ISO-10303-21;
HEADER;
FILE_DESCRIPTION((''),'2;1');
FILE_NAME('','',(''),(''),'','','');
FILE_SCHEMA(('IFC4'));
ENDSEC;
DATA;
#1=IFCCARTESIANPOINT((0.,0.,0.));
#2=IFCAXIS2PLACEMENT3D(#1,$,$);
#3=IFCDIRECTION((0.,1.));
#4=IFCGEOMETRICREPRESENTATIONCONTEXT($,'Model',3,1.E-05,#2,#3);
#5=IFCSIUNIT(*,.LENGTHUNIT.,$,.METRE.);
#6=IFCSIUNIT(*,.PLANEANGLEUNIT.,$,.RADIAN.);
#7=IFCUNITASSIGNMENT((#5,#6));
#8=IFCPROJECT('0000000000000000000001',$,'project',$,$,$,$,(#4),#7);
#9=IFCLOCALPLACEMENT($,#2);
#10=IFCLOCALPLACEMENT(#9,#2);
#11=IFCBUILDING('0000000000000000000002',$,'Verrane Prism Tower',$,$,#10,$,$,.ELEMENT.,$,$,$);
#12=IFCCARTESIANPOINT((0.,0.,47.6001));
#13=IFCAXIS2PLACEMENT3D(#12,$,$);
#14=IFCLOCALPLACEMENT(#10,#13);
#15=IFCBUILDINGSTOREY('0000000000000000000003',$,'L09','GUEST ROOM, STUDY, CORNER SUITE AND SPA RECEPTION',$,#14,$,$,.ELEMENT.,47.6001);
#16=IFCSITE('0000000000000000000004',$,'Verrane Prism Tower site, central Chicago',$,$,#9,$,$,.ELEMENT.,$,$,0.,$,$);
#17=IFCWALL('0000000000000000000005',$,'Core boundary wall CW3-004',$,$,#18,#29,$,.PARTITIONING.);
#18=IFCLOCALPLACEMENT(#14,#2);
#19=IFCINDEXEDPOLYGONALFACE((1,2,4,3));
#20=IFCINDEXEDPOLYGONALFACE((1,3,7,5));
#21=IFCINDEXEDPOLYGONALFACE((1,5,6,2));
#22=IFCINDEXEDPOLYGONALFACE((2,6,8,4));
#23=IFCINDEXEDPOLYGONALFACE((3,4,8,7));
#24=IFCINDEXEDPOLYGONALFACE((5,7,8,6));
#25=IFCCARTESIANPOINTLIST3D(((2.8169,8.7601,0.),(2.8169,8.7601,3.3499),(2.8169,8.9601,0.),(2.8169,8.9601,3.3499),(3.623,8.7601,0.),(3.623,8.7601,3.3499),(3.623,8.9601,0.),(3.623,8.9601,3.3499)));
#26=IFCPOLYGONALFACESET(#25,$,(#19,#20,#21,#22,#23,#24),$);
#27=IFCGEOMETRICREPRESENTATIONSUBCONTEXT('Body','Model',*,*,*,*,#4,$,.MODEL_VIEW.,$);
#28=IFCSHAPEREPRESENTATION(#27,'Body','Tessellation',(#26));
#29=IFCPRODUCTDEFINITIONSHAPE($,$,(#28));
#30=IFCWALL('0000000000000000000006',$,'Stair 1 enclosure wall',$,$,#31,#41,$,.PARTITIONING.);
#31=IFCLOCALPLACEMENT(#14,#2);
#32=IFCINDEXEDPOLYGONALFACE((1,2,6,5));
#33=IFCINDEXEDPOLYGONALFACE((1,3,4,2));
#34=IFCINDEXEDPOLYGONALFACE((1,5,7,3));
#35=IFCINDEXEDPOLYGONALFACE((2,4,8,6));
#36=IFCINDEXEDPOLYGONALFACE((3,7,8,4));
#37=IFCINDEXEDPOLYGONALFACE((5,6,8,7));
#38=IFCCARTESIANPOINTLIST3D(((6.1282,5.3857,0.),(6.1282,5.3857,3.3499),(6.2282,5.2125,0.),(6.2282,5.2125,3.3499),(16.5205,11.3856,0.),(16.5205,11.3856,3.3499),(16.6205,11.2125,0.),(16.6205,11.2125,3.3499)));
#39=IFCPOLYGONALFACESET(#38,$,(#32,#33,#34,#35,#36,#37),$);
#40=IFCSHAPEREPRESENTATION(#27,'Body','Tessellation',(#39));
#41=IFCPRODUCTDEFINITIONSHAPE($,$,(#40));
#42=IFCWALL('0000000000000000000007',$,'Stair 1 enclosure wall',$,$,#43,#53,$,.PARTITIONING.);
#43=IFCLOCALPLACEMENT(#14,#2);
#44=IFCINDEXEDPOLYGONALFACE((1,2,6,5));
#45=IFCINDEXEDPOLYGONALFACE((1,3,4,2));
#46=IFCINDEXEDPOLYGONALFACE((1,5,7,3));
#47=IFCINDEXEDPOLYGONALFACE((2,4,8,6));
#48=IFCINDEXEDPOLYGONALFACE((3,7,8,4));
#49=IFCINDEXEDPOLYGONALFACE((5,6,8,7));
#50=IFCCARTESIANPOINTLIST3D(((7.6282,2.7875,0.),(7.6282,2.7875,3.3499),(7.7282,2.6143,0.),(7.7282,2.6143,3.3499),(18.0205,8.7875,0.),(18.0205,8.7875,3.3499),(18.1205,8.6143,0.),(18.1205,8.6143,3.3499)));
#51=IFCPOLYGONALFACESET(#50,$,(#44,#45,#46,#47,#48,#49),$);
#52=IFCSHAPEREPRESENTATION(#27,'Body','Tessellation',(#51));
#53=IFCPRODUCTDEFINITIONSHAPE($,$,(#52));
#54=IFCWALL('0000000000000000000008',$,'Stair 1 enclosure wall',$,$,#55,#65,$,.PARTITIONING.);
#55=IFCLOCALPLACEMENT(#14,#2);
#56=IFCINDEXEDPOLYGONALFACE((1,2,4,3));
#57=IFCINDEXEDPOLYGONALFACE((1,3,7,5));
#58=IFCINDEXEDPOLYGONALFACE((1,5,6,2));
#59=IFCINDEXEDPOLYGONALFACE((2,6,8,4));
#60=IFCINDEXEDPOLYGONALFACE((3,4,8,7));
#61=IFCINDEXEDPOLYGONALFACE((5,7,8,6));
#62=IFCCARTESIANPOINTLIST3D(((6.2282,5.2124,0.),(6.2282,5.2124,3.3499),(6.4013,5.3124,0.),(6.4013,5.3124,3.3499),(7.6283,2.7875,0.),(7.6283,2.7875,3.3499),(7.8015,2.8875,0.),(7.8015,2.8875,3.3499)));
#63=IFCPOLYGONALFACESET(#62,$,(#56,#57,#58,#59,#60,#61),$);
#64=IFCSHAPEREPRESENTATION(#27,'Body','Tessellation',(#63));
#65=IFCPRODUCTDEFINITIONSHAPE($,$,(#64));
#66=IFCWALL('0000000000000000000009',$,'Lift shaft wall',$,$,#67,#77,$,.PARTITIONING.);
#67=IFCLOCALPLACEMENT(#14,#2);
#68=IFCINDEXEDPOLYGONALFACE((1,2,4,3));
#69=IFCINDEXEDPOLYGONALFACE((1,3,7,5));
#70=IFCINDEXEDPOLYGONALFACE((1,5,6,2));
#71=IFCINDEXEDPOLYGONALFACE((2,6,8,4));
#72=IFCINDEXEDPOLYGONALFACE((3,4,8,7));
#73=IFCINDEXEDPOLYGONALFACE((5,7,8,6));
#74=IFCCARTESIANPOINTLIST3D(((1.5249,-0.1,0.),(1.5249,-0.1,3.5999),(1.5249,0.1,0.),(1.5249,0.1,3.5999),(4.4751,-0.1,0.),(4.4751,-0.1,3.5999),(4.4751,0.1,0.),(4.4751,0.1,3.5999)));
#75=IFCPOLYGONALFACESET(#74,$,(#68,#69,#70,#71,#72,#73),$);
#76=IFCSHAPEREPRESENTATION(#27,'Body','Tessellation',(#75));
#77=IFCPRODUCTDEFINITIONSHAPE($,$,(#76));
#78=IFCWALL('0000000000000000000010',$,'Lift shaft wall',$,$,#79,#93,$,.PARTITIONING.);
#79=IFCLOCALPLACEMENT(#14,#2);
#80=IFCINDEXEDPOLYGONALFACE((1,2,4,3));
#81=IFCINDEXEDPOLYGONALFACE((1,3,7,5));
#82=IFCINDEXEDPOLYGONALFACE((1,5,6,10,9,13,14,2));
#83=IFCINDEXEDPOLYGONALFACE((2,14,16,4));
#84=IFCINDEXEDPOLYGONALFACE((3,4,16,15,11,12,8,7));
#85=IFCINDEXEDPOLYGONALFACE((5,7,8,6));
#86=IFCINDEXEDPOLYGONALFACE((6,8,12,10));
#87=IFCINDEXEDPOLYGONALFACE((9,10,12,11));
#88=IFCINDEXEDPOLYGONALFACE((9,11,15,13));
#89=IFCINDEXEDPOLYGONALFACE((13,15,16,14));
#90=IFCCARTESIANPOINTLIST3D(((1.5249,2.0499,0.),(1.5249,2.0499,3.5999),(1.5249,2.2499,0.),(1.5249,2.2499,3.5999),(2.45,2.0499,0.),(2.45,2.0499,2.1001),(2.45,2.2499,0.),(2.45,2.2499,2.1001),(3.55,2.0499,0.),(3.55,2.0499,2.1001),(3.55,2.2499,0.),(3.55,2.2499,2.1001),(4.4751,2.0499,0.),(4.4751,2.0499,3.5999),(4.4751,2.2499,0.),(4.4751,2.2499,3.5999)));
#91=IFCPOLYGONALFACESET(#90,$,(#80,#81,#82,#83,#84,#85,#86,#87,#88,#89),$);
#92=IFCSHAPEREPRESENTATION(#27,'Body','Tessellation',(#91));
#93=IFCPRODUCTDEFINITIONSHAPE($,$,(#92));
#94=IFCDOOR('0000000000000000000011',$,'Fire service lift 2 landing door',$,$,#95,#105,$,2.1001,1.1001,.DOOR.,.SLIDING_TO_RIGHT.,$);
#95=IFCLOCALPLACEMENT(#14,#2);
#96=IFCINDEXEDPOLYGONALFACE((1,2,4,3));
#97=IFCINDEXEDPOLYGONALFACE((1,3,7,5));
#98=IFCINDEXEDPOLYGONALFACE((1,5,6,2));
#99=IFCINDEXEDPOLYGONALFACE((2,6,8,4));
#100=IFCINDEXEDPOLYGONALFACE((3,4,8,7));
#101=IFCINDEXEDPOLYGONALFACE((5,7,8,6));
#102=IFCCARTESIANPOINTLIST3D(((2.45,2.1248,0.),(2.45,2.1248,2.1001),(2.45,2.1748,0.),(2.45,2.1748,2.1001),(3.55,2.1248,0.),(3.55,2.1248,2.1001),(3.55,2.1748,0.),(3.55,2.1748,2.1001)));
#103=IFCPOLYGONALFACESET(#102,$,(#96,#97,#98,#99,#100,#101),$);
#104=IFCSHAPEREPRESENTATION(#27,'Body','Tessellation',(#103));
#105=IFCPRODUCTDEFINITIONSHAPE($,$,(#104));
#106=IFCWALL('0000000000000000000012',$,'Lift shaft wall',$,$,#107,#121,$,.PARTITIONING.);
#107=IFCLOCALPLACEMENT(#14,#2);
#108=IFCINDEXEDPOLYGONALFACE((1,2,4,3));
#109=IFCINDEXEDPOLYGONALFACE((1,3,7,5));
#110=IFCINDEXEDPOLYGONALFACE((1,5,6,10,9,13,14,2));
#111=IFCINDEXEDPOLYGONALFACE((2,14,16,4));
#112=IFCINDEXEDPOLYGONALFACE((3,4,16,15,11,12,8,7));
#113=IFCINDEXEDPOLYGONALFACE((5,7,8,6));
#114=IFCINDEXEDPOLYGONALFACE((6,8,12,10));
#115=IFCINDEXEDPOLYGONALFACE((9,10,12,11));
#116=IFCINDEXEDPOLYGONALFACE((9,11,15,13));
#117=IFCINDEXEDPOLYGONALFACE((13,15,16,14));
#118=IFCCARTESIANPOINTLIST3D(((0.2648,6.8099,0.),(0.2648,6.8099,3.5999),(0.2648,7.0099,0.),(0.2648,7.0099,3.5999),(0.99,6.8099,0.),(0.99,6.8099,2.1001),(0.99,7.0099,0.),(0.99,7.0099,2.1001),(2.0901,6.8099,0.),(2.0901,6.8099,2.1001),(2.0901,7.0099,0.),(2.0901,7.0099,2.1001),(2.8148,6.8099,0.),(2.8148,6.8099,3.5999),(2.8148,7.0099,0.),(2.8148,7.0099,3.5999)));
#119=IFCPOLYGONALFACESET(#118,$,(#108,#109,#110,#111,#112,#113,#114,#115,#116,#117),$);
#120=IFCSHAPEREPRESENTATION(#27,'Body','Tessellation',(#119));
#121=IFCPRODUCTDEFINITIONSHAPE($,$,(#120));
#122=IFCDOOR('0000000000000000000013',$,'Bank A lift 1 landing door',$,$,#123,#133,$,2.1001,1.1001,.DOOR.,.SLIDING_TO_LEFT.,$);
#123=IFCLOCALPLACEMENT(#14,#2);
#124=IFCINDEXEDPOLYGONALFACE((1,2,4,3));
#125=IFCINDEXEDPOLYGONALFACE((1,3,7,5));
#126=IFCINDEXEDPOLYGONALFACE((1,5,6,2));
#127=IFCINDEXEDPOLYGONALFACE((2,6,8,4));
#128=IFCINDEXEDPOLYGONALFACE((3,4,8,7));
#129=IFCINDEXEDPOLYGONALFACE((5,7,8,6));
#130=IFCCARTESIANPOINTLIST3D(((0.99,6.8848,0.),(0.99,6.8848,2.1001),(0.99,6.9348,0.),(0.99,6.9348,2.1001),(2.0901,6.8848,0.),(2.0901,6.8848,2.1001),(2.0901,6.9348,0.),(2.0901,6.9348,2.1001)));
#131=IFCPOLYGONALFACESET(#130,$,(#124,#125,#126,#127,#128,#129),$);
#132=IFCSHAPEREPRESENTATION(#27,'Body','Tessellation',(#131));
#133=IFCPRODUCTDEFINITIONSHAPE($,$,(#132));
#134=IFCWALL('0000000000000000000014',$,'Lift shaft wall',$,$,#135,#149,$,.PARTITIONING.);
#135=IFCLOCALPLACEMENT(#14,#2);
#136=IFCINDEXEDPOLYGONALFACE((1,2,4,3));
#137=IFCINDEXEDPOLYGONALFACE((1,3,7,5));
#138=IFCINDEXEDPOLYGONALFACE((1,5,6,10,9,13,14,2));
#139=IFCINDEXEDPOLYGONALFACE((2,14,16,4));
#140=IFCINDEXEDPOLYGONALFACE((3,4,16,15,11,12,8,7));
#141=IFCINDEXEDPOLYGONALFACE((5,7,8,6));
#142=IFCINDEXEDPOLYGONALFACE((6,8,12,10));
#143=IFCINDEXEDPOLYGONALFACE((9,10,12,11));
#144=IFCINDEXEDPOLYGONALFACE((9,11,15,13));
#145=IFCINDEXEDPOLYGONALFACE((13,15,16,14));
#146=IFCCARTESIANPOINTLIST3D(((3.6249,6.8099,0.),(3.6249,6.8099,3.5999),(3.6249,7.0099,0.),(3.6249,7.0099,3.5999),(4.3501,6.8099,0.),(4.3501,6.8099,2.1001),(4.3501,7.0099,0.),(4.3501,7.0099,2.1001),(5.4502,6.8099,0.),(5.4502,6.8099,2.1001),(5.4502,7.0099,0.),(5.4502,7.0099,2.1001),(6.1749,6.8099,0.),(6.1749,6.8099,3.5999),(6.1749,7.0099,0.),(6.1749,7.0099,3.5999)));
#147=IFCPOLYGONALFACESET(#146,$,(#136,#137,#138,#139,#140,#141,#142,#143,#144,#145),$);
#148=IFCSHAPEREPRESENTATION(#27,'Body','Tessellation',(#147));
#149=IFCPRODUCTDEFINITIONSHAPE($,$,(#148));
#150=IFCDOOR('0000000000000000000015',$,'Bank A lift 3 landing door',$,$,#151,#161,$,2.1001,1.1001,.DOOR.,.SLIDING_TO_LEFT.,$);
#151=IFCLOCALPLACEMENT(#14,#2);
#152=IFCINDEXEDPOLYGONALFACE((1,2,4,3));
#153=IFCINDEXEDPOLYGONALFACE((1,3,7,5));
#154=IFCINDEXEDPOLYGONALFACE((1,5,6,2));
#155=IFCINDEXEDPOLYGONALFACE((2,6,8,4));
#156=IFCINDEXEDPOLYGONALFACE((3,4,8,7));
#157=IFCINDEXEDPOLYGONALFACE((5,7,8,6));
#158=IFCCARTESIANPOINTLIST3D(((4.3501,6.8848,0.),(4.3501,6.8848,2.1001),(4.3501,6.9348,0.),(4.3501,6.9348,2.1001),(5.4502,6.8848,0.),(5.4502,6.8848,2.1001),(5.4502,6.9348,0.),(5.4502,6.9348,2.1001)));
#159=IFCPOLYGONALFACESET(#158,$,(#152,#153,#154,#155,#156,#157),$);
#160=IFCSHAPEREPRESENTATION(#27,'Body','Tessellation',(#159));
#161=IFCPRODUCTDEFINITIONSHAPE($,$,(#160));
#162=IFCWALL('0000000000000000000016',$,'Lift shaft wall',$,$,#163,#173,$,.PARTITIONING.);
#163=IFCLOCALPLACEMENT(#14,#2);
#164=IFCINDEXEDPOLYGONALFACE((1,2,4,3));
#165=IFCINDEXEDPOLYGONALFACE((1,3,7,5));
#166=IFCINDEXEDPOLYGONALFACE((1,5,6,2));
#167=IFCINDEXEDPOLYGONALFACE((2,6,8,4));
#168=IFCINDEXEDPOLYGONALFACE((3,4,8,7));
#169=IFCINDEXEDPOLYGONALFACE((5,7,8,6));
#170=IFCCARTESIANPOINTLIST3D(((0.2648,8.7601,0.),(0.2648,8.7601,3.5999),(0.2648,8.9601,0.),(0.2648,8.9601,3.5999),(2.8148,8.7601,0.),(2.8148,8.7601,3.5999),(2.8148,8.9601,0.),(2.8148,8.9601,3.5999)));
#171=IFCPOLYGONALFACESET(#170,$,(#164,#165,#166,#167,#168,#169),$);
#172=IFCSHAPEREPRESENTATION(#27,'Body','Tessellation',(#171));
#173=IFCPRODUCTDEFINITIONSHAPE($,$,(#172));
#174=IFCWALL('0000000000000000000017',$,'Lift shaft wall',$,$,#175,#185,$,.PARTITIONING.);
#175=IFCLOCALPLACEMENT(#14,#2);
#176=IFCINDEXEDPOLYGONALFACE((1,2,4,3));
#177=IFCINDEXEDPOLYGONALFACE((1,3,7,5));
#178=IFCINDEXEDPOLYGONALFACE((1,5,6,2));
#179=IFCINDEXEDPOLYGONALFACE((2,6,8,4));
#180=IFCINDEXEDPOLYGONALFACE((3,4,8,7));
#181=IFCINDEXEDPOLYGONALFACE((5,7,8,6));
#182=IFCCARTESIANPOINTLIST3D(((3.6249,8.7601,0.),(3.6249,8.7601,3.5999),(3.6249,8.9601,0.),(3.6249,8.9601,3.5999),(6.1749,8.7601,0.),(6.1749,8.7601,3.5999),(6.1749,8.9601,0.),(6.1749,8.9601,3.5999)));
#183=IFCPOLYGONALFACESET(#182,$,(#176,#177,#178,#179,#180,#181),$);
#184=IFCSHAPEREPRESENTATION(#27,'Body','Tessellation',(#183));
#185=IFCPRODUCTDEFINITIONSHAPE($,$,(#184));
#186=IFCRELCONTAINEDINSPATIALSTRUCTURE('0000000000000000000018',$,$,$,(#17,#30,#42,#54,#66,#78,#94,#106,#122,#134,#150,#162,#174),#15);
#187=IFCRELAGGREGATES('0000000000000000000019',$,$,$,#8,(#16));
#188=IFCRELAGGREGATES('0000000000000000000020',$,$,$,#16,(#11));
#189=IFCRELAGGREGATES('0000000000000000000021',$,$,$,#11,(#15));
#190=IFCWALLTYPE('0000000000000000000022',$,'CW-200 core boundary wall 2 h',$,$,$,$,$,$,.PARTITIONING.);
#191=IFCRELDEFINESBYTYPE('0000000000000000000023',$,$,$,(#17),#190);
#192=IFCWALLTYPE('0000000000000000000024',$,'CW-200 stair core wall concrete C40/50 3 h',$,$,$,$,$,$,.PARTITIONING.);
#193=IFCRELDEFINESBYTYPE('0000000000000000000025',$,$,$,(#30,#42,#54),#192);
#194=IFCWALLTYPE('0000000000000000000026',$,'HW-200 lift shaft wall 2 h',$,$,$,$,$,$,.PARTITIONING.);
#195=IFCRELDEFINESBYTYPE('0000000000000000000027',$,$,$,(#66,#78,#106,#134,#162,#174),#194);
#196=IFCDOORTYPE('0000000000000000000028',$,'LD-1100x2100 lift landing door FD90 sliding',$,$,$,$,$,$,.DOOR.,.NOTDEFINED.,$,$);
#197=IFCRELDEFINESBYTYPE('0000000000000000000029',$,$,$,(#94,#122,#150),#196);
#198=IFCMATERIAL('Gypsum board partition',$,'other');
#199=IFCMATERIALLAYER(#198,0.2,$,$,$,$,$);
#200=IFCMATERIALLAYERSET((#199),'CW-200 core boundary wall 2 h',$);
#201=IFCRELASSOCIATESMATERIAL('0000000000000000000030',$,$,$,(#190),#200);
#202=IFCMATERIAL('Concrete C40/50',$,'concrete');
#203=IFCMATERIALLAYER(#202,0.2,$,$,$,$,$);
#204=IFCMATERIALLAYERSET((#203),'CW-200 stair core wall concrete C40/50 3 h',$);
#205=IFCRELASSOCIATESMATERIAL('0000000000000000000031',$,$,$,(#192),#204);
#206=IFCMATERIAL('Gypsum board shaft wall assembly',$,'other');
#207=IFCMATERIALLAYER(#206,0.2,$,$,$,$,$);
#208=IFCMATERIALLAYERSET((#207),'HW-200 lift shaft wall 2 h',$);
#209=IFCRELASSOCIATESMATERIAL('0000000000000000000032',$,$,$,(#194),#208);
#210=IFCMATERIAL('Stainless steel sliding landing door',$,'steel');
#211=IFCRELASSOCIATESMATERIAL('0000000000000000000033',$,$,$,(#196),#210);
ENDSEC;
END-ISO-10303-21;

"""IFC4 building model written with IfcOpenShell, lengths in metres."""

from ifc_helpers import new_model, si_unit, direction, frame, frame_2d, origin, place, context, subcontext, project, spatial, rectangle, extrude, material, layer, layer_set, type_object, element, fill, save


model = new_model("IFC4")

# Units and contexts
model_context = context("Model", 3, precision=1e-05, world=origin(), true_north=direction((0.0, 1.0)))
body_context = subcontext(model_context, "Body", "Model", "MODEL_VIEW")
ifc_project = project(units=[si_unit("LENGTHUNIT", "METRE"), si_unit("PLANEANGLEUNIT", "RADIAN")], contexts=[model_context])

# Site, building, storey
site_placement = place(None, origin())
site = spatial("IfcSite", under=ifc_project, at=site_placement, Name="Verrane Prism Tower site, central Chicago", CompositionType="ELEMENT", RefElevation=0.0)
building_placement = place(site_placement, origin())
building = spatial("IfcBuilding", under=site, at=building_placement, Name="Verrane Prism Tower", CompositionType="ELEMENT")
storey_placement = place(building_placement, frame((0.0, 0.0, 47.6001)))
storey = spatial("IfcBuildingStorey", under=building, at=storey_placement, Name="L09", Description="GUEST ROOM, STUDY, CORNER SUITE AND SPA RECEPTION", CompositionType="ELEMENT", Elevation=47.6001)

# Shared definitions
ifc_material_1 = material(Name="Gypsum board partition", Category="other")
ifc_layer_1 = layer(ifc_material_1, 0.2)
ifc_layer_set_1 = layer_set([ifc_layer_1], Name="CW-200 core boundary wall 2 h")
wall_type_1 = type_object("IfcWallType", Name="CW-200 core boundary wall 2 h", PredefinedType="PARTITIONING", material=ifc_layer_set_1)

# Walls
wall_1_placement = place(storey_placement, frame((2.8169, 8.8601, 0.0), z_axis=(0.0, 0.0, 1.0), x_axis=(1.0, 0.0, 0.0)))
element("IfcWall", 1, at=wall_1_placement, inside=storey, type_object=wall_type_1, Name="Core boundary wall CW3-004", PredefinedType="PARTITIONING", context=body_context, shape_type="SweptSolid", body=[
    extrude(rectangle(XDim=0.8062, YDim=0.2, at=frame_2d((0.4031, 0.0))), origin(), (0.0, 0.0, 1.0), 3.3499),
])
ifc_material_2 = material(Name="Concrete C40/50", Category="concrete")
ifc_layer_2 = layer(ifc_material_2, 0.2)
ifc_layer_set_2 = layer_set([ifc_layer_2], Name="CW-200 stair core wall concrete C40/50 3 h")
wall_type_2 = type_object("IfcWallType", Name="CW-200 stair core wall concrete C40/50 3 h", PredefinedType="PARTITIONING", material=ifc_layer_set_2)
for number, where, z_axis, x_axis, name in (
    (2, (6.1782, 5.2991, 0.0), (0.0, 0.0, 1.0), (0.866026, 0.499999, 0.0), "Stair 1 enclosure wall"),
    (3, (7.6782, 2.7009, 0.0), (0.0, 0.0, 1.0), (0.866026, 0.499999, 0.0), "Stair 1 enclosure wall"),
):
    element("IfcWall", number, at=place(storey_placement, frame(where, z_axis=z_axis, x_axis=x_axis)), inside=storey, type_object=wall_type_2, Name=name, PredefinedType="PARTITIONING", context=body_context, shape_type="SweptSolid", body=[
        extrude(rectangle(XDim=12.0, YDim=0.2, at=frame_2d((6.0, 0.0))), origin(), (0.0, 0.0, 1.0), 3.3499),
    ])
wall_2_placement = place(storey_placement, frame((7.7148, 2.8376, 0.0), z_axis=(0.0, 0.0, 1.0), x_axis=(-0.50005, 0.865997, 0.0)))
element("IfcWall", 4, at=wall_2_placement, inside=storey, type_object=wall_type_2, Name="Stair 1 enclosure wall", PredefinedType="PARTITIONING", context=body_context, shape_type="SweptSolid", body=[
    extrude(rectangle(XDim=2.8, YDim=0.2, at=frame_2d((1.3999, 0.0))), origin(), (0.0, 0.0, 1.0), 3.3499),
])
ifc_material_3 = material(Name="Gypsum board shaft wall assembly", Category="other")
ifc_layer_3 = layer(ifc_material_3, 0.2)
ifc_layer_set_3 = layer_set([ifc_layer_3], Name="HW-200 lift shaft wall 2 h")
wall_type_3 = type_object("IfcWallType", Name="HW-200 lift shaft wall 2 h", PredefinedType="PARTITIONING", material=ifc_layer_set_3)
wall_3_placement = place(storey_placement, frame((1.5249, 0.0, 0.0), z_axis=(0.0, 0.0, 1.0), x_axis=(1.0, 0.0, 0.0)))
element("IfcWall", 5, at=wall_3_placement, inside=storey, type_object=wall_type_3, Name="Lift shaft wall", PredefinedType="PARTITIONING", context=body_context, shape_type="SweptSolid", body=[
    extrude(rectangle(XDim=2.9502, YDim=0.2, at=frame_2d((1.4751, 0.0))), origin(), (0.0, 0.0, 1.0), 3.5999),
])

# Walls, openings, doors
wall_4_placement = place(storey_placement, frame((1.5249, 2.1499, 0.0), z_axis=(0.0, 0.0, 1.0), x_axis=(1.0, 0.0, 0.0)))
wall_4 = element("IfcWall", 6, at=wall_4_placement, inside=storey, type_object=wall_type_3, Name="Lift shaft wall", PredefinedType="PARTITIONING", context=body_context, shape_type="SweptSolid", body=[
    extrude(rectangle(XDim=2.9502, YDim=0.2, at=frame_2d((1.4751, 0.0))), origin(), (0.0, 0.0, 1.0), 3.5999),
])
opening_1_placement = place(wall_4_placement, frame((0.925, 0.0, 0.0)))
opening_1 = element("IfcOpeningElement", 7, at=opening_1_placement, cuts=wall_4, PredefinedType="OPENING", context=body_context, shape_type="SweptSolid", body=[
    extrude(rectangle(XDim=1.1001, YDim=2.1001, at=frame_2d((0.55, 1.05))), frame((0.0, 0.1099, 0.0), z_axis=(0.0, -1.0, 0.0), x_axis=(1.0, 0.0, 0.0)), (0.0, 0.0, 1.0), 0.22),
])
ifc_material_4 = material(Name="Stainless steel sliding landing door", Category="steel")
door_type_1 = type_object("IfcDoorType", Name="LD-1100x2100 lift landing door FD90 sliding", OperationType="NOTDEFINED", PredefinedType="DOOR", material=ifc_material_4)
door_1_placement = place(opening_1_placement, origin())
door_1 = element("IfcDoor", 8, at=door_1_placement, inside=storey, type_object=door_type_1, Name="Fire service lift 2 landing door", OperationType="SLIDING_TO_RIGHT", OverallHeight=2.1001, OverallWidth=1.1001, PredefinedType="DOOR", context=body_context, shape_type="SweptSolid", body=[
    extrude(rectangle(XDim=1.1001, YDim=2.1001, at=frame_2d((0.55, 1.05))), frame((0.0, 0.0249, 0.0), z_axis=(0.0, -1.0, 0.0), x_axis=(1.0, 0.0, 0.0)), (0.0, 0.0, 1.0), 0.05),
])
fill(opening_1, door_1)
wall_5_placement = place(storey_placement, frame((0.2649, 6.9099, 0.0), z_axis=(0.0, 0.0, 1.0), x_axis=(1.0, 0.0, 0.0)))
wall_5 = element("IfcWall", 9, at=wall_5_placement, inside=storey, type_object=wall_type_3, Name="Lift shaft wall", PredefinedType="PARTITIONING", context=body_context, shape_type="SweptSolid", body=[
    extrude(rectangle(XDim=2.55, YDim=0.2, at=frame_2d((1.2749, 0.0))), origin(), (0.0, 0.0, 1.0), 3.5999),
])
opening_2_placement = place(wall_5_placement, frame((0.7251, 0.0, 0.0)))
opening_2 = element("IfcOpeningElement", 10, at=opening_2_placement, cuts=wall_5, PredefinedType="OPENING", context=body_context, shape_type="SweptSolid", body=[
    extrude(rectangle(XDim=1.1001, YDim=2.1001, at=frame_2d((0.55, 1.05))), frame((0.0, 0.1099, 0.0), z_axis=(0.0, -1.0, 0.0), x_axis=(1.0, 0.0, 0.0)), (0.0, 0.0, 1.0), 0.22),
])
door_2_placement = place(opening_2_placement, origin())
door_2 = element("IfcDoor", 11, at=door_2_placement, inside=storey, type_object=door_type_1, Name="Bank A lift 1 landing door", OperationType="SLIDING_TO_LEFT", OverallHeight=2.1001, OverallWidth=1.1001, PredefinedType="DOOR", context=body_context, shape_type="SweptSolid", body=[
    extrude(rectangle(XDim=1.1001, YDim=2.1001, at=frame_2d((0.55, 1.05))), frame((0.0, 0.0249, 0.0), z_axis=(0.0, -1.0, 0.0), x_axis=(1.0, 0.0, 0.0)), (0.0, 0.0, 1.0), 0.05),
])
fill(opening_2, door_2)
wall_6_placement = place(storey_placement, frame((3.625, 6.9099, 0.0), z_axis=(0.0, 0.0, 1.0), x_axis=(1.0, 0.0, 0.0)))
wall_6 = element("IfcWall", 12, at=wall_6_placement, inside=storey, type_object=wall_type_3, Name="Lift shaft wall", PredefinedType="PARTITIONING", context=body_context, shape_type="SweptSolid", body=[
    extrude(rectangle(XDim=2.55, YDim=0.2, at=frame_2d((1.2749, 0.0))), origin(), (0.0, 0.0, 1.0), 3.5999),
])
opening_3_placement = place(wall_6_placement, frame((0.7251, 0.0, 0.0)))
opening_3 = element("IfcOpeningElement", 13, at=opening_3_placement, cuts=wall_6, PredefinedType="OPENING", context=body_context, shape_type="SweptSolid", body=[
    extrude(rectangle(XDim=1.1001, YDim=2.1001, at=frame_2d((0.55, 1.05))), frame((0.0, 0.1099, 0.0), z_axis=(0.0, -1.0, 0.0), x_axis=(1.0, 0.0, 0.0)), (0.0, 0.0, 1.0), 0.22),
])
door_3_placement = place(opening_3_placement, origin())
door_3 = element("IfcDoor", 14, at=door_3_placement, inside=storey, type_object=door_type_1, Name="Bank A lift 3 landing door", OperationType="SLIDING_TO_LEFT", OverallHeight=2.1001, OverallWidth=1.1001, PredefinedType="DOOR", context=body_context, shape_type="SweptSolid", body=[
    extrude(rectangle(XDim=1.1001, YDim=2.1001, at=frame_2d((0.55, 1.05))), frame((0.0, 0.0249, 0.0), z_axis=(0.0, -1.0, 0.0), x_axis=(1.0, 0.0, 0.0)), (0.0, 0.0, 1.0), 0.05),
])
fill(opening_3, door_3)

# Walls
for number, where, z_axis, x_axis, name in (
    (15, (0.2649, 8.8601, 0.0), (0.0, 0.0, 1.0), (1.0, 0.0, 0.0), "Lift shaft wall"),
    (16, (3.625, 8.8601, 0.0), (0.0, 0.0, 1.0), (1.0, 0.0, 0.0), "Lift shaft wall"),
):
    element("IfcWall", number, at=place(storey_placement, frame(where, z_axis=z_axis, x_axis=x_axis)), inside=storey, type_object=wall_type_3, Name=name, PredefinedType="PARTITIONING", context=body_context, shape_type="SweptSolid", body=[
        extrude(rectangle(XDim=2.55, YDim=0.2, at=frame_2d((1.2749, 0.0))), origin(), (0.0, 0.0, 1.0), 3.5999),
    ])

save(model, "model.ifc")
